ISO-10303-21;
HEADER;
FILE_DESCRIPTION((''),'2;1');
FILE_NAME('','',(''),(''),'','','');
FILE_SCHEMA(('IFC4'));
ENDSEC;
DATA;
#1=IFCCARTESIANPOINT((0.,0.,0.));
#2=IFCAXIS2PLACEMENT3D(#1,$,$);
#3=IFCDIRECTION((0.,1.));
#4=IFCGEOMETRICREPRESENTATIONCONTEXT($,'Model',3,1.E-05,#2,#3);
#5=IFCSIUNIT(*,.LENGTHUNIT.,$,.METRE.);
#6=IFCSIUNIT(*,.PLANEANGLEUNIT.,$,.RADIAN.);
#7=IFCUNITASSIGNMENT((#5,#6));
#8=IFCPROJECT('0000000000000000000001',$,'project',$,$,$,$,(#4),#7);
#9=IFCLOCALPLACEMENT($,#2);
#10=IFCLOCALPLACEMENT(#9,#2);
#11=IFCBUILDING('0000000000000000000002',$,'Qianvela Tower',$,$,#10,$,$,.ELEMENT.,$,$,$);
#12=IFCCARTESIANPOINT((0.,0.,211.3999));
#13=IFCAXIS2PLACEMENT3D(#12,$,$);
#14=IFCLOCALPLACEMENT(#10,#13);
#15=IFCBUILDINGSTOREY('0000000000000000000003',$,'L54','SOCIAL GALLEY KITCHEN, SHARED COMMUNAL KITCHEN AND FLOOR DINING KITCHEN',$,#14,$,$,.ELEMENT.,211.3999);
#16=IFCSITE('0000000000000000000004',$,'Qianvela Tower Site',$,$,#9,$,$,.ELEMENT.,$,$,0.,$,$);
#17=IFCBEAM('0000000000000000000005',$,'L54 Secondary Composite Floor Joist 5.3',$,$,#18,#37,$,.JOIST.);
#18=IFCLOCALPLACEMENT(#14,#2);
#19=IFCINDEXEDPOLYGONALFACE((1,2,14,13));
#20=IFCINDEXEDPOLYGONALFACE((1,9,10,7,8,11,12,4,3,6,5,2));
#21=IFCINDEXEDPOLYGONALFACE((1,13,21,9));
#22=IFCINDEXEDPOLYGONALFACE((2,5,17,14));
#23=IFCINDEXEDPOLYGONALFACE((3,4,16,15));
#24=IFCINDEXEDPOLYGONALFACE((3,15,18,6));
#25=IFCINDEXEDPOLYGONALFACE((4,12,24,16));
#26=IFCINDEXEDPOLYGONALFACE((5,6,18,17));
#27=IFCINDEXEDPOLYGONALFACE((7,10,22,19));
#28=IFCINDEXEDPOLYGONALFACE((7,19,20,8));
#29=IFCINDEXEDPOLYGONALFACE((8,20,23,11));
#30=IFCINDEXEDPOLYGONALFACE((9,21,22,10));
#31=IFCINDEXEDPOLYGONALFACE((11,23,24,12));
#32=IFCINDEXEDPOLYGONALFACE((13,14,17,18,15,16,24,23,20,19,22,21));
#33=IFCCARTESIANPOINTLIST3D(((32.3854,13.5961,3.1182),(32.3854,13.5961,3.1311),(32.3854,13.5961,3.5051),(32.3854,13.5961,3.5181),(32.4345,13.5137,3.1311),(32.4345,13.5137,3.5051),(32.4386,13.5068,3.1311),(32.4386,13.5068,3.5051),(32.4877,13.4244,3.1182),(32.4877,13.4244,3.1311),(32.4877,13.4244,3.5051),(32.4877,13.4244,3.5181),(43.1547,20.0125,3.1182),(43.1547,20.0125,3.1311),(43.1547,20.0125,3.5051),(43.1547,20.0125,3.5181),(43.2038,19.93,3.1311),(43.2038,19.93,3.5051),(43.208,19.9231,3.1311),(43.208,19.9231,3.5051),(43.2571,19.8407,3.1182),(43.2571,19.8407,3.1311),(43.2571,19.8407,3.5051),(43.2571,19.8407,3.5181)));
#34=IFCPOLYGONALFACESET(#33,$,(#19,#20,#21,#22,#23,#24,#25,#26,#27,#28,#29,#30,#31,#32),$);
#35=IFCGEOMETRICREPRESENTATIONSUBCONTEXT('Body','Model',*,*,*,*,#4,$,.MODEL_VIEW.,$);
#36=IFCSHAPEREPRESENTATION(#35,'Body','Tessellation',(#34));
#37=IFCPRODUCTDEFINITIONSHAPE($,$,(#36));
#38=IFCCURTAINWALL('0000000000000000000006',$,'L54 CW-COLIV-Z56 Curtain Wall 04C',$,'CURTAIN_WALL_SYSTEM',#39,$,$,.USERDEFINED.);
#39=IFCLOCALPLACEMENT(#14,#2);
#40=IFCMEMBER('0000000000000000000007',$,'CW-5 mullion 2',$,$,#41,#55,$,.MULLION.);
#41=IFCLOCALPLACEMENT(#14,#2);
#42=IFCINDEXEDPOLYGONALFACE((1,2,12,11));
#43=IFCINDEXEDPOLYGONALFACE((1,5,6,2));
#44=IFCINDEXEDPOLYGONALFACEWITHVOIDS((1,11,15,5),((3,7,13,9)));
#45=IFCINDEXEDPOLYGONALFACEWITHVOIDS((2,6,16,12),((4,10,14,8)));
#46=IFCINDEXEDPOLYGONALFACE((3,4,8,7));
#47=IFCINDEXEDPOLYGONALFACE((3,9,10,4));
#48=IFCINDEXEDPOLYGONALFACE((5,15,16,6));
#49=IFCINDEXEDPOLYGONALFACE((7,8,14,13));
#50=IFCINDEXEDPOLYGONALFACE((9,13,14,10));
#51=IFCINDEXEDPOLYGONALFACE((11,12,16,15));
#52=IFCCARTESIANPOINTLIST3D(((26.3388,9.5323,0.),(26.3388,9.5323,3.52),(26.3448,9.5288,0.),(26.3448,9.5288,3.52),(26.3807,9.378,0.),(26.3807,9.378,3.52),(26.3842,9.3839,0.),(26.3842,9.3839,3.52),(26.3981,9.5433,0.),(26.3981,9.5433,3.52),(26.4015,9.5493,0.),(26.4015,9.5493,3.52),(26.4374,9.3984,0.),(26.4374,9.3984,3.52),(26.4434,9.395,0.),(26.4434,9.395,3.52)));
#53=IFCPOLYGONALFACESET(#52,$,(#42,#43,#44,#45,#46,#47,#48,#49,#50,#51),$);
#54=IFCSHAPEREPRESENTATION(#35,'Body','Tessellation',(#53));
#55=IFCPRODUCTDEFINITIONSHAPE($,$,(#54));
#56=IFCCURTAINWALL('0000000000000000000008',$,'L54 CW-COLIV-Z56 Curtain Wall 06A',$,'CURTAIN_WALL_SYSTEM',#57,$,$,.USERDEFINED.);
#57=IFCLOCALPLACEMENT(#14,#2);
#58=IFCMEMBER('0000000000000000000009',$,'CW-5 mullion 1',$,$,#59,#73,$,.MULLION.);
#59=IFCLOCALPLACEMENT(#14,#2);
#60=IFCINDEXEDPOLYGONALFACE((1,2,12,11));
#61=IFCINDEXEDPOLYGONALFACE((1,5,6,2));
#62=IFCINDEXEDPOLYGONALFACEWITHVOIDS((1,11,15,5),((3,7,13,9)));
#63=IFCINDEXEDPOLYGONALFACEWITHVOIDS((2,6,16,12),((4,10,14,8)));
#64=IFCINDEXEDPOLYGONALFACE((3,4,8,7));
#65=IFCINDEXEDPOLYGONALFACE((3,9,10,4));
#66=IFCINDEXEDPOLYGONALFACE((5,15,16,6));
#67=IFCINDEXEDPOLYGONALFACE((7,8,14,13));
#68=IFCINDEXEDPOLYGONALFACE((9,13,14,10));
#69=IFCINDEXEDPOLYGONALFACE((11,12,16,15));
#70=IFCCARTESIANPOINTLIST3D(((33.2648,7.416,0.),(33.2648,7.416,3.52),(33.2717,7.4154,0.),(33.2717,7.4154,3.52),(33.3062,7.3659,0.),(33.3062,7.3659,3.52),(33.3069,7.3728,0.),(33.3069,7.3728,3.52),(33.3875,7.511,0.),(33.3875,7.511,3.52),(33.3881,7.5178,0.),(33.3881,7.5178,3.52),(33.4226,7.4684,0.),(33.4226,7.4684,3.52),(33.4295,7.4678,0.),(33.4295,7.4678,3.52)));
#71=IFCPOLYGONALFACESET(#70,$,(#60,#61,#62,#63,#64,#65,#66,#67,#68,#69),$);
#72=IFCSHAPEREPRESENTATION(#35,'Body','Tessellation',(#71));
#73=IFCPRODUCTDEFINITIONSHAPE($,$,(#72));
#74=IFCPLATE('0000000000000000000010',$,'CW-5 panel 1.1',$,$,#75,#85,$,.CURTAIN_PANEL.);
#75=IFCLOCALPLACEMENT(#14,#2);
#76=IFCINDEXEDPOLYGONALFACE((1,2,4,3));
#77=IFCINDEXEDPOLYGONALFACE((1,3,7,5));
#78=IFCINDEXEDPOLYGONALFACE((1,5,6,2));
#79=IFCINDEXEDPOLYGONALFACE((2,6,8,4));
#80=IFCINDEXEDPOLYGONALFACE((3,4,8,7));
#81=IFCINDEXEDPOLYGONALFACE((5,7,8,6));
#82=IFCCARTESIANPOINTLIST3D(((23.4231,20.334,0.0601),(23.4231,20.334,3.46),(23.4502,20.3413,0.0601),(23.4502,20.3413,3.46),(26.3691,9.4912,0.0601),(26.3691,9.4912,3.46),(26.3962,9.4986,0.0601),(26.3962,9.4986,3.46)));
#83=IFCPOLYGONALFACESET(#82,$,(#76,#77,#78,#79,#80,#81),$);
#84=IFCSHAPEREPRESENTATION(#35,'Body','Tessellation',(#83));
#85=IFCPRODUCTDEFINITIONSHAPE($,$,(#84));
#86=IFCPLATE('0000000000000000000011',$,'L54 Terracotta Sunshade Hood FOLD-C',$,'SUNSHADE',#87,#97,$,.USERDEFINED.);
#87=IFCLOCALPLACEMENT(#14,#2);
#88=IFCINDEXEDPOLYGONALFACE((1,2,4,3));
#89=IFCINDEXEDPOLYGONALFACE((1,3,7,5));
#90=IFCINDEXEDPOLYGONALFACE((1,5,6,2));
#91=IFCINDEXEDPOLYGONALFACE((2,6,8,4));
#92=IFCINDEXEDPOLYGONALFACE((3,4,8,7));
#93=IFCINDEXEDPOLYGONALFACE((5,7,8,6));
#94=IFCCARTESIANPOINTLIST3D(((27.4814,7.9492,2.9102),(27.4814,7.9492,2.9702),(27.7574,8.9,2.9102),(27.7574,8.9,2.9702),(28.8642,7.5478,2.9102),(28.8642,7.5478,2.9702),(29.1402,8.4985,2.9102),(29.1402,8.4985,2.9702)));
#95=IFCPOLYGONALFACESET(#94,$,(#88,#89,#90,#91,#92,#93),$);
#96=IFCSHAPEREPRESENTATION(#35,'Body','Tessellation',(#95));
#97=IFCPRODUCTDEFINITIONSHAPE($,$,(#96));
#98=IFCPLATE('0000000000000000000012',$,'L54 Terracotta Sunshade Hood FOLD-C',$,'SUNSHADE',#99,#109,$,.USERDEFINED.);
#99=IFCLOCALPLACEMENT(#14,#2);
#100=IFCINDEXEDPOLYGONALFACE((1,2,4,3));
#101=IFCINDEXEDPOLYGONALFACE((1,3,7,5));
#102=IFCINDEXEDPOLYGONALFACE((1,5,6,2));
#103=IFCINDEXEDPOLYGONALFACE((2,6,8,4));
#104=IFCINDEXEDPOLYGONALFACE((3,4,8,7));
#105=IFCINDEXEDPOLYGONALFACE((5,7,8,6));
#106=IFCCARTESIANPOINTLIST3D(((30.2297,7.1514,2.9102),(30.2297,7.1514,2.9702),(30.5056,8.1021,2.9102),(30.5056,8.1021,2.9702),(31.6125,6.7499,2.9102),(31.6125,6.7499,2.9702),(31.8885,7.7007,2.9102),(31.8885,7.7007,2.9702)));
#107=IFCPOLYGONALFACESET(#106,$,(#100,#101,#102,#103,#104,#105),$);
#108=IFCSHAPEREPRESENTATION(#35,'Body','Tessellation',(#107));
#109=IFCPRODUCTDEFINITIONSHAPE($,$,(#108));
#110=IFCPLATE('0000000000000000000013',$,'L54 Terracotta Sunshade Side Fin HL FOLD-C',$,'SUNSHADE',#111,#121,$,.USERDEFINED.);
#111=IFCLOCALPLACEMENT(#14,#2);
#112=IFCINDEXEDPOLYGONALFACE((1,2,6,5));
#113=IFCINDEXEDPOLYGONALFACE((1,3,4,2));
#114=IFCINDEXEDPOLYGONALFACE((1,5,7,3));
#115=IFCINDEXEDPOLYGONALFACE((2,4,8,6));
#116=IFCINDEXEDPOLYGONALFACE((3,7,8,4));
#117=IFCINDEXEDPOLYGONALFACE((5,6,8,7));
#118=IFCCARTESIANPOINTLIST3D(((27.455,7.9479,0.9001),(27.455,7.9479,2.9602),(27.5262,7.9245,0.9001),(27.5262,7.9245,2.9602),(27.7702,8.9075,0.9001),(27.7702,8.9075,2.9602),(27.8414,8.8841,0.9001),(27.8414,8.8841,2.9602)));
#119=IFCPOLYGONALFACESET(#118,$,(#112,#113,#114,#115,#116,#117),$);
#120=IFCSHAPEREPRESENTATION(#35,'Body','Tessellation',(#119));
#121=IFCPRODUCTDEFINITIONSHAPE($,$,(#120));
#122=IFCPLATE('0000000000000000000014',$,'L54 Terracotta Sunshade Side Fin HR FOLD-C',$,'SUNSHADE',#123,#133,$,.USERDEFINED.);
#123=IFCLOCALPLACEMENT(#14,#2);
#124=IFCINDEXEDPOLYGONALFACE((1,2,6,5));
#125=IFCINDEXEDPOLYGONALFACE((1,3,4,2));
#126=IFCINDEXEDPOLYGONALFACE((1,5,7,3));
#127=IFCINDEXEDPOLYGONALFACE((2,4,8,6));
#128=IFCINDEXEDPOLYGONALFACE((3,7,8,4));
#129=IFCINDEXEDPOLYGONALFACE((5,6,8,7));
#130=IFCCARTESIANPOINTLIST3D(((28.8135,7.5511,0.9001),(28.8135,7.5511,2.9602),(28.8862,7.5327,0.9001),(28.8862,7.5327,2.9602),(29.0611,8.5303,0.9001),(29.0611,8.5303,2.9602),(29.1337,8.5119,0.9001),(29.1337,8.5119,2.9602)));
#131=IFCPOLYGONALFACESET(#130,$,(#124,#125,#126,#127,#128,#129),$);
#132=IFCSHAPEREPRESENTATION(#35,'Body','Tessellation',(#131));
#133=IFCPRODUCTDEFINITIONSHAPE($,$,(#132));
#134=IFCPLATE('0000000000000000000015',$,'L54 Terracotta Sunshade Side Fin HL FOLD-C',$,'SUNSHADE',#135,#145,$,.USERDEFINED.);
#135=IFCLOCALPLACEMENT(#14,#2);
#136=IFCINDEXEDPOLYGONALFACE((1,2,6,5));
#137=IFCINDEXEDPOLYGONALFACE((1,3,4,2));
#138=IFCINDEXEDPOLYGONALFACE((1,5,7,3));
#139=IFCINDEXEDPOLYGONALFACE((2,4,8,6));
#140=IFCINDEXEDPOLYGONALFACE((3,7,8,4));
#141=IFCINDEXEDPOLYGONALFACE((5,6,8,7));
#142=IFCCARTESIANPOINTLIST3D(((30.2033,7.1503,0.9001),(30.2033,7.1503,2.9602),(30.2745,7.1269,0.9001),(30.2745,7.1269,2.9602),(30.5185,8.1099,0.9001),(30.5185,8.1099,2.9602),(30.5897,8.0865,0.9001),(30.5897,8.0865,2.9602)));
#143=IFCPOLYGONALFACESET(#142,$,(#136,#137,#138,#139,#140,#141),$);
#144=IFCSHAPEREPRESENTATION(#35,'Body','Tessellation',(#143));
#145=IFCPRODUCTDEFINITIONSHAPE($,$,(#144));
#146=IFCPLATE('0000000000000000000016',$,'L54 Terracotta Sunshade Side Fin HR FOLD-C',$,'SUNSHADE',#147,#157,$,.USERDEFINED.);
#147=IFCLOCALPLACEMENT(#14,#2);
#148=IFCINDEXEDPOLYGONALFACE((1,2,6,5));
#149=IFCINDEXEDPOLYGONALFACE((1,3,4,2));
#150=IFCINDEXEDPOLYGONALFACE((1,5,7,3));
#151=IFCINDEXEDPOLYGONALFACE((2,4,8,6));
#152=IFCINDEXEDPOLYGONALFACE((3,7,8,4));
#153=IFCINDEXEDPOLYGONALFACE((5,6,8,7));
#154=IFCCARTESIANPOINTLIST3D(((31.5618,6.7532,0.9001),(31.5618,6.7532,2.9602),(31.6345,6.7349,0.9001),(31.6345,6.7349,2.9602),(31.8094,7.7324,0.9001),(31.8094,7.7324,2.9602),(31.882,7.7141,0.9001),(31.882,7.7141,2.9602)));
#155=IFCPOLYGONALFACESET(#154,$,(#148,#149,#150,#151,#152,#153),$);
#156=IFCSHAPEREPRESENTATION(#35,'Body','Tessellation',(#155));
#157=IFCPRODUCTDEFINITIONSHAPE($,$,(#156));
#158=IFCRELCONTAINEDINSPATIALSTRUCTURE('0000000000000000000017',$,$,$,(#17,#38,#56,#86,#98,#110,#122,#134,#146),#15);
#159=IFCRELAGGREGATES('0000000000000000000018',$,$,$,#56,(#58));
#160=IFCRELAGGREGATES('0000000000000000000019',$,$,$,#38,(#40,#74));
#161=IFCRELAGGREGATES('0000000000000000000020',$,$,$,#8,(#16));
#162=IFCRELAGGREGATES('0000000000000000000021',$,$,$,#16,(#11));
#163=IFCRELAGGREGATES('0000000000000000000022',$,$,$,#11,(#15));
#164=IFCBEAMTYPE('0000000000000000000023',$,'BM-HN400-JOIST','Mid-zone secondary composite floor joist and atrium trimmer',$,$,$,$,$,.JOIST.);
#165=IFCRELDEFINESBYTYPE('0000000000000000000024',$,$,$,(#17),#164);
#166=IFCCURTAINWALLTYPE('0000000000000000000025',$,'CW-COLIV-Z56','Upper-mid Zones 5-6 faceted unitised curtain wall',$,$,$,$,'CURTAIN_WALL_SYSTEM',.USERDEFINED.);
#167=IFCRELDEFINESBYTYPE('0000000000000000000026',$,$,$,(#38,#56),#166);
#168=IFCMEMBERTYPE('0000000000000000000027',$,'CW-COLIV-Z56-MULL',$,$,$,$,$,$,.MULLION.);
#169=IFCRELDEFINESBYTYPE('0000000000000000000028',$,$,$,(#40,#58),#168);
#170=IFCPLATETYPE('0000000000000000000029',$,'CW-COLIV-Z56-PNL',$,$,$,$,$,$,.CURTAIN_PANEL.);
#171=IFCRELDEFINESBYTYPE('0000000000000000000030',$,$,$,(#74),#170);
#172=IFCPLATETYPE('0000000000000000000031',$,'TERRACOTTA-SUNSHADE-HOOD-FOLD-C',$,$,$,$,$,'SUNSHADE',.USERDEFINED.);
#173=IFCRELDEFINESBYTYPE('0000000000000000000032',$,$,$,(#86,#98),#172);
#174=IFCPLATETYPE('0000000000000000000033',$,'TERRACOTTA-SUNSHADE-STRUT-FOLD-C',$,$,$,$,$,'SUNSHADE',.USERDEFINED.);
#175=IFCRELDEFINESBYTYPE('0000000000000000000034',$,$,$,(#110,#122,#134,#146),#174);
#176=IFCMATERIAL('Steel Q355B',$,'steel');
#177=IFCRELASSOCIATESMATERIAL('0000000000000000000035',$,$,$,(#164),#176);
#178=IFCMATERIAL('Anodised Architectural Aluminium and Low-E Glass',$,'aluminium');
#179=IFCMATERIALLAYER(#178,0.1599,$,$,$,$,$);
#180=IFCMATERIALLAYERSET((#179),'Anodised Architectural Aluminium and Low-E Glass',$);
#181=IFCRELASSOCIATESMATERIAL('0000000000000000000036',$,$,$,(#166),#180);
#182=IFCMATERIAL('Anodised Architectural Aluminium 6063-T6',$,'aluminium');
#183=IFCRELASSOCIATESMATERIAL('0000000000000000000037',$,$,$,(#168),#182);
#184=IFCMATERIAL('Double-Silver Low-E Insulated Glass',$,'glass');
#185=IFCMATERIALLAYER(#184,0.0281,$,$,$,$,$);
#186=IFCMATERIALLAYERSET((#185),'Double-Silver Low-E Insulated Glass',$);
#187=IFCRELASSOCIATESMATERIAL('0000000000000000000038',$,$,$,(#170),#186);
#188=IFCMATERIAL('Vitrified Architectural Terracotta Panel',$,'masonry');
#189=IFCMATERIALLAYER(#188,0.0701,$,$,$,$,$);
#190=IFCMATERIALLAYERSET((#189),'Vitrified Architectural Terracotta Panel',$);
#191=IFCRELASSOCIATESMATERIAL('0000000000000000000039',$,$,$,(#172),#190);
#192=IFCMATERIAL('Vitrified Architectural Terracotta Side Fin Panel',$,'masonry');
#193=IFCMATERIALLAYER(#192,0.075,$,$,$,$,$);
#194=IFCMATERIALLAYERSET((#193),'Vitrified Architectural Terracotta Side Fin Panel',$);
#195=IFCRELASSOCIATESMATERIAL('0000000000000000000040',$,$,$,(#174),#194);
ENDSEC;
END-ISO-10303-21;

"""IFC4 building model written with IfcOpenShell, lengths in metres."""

from ifc_helpers import new_model, si_unit, direction, frame, origin, origin_2d, place, context, subcontext, project, spatial, rectangle, hollow_rectangle, i_section, extrude, material, layer, layer_set, material_profile, profile_set, type_object, element, aggregate, save


model = new_model("IFC4")

# Units and contexts
model_context = context("Model", 3, precision=1e-05, world=origin(), true_north=direction((0.0, 1.0)))
body_context = subcontext(model_context, "Body", "Model", "MODEL_VIEW")
ifc_project = project(units=[si_unit("LENGTHUNIT", "METRE"), si_unit("PLANEANGLEUNIT", "RADIAN")], contexts=[model_context])

# Site, building, storey
site_placement = place(None, origin())
site = spatial("IfcSite", under=ifc_project, at=site_placement, Name="Qianvela Tower Site", CompositionType="ELEMENT", RefElevation=0.0)
building_placement = place(site_placement, origin())
building = spatial("IfcBuilding", under=site, at=building_placement, Name="Qianvela Tower", CompositionType="ELEMENT")
storey_placement = place(building_placement, frame((0.0, 0.0, 211.3999)))
storey = spatial("IfcBuildingStorey", under=building, at=storey_placement, Name="L54", Description="SOCIAL GALLEY KITCHEN, SHARED COMMUNAL KITCHEN AND FLOOR DINING KITCHEN", CompositionType="ELEMENT", Elevation=211.3999)

# Beam
ifc_material_1 = material(Name="Steel Q355B", Category="steel")
ifc_material_profile_1 = material_profile(ifc_material_1, i_section(OverallWidth=0.2, OverallDepth=0.3999, WebThickness=0.0081, FlangeThickness=0.0129, at=origin_2d()), Name="HN400x200x8x13")
ifc_profile_set_1 = profile_set([ifc_material_profile_1], Name="Steel Q355B")
beam_type = type_object("IfcBeamType", Name="BM-HN400-JOIST", Description="Mid-zone secondary composite floor joist and atrium trimmer", PredefinedType="JOIST", material=ifc_profile_set_1)
beam_placement = place(storey_placement, frame((32.4365, 13.5103, 3.3181), z_axis=(0.859084, 0.511835, 0.0), x_axis=(-0.511835, 0.859084, 0.0)))
element("IfcBeam", 1, at=beam_placement, inside=storey, type_object=beam_type, Name="L54 Secondary Composite Floor Joist 5.3", PredefinedType="JOIST", context=body_context, shape_type="SweptSolid", body=[
    extrude(i_section(OverallWidth=0.2, OverallDepth=0.3999, WebThickness=0.0081, FlangeThickness=0.0129, at=origin_2d()), origin(), (0.0, 0.0, 1.0), 12.5359),
])

# Curtain walls, members
ifc_material_2 = material(Name="Anodised Architectural Aluminium and Low-E Glass", Category="aluminium")
ifc_layer_1 = layer(ifc_material_2, 0.1599)
ifc_layer_set_1 = layer_set([ifc_layer_1], Name="Anodised Architectural Aluminium and Low-E Glass")
curtain_wall_type = type_object("IfcCurtainWallType", Name="CW-COLIV-Z56", Description="Upper-mid Zones 5-6 faceted unitised curtain wall", ElementType="CURTAIN_WALL_SYSTEM", PredefinedType="USERDEFINED", material=ifc_layer_set_1)
curtain_wall_1_placement = place(storey_placement, origin())
curtain_wall_1 = element("IfcCurtainWall", 2, at=curtain_wall_1_placement, inside=storey, type_object=curtain_wall_type, Name="L54 CW-COLIV-Z56 Curtain Wall 04C", ObjectType="CURTAIN_WALL_SYSTEM", PredefinedType="USERDEFINED")
ifc_material_3 = material(Name="Anodised Architectural Aluminium 6063-T6", Category="aluminium")
ifc_material_profile_2 = material_profile(ifc_material_3, hollow_rectangle(XDim=0.0649, YDim=0.1599, WallThickness=0.0049, at=origin_2d()), Name="ALU-MULL-65x160")
ifc_profile_set_2 = profile_set([ifc_material_profile_2], Name="Anodised Architectural Aluminium 6063-T6")
member_type = type_object("IfcMemberType", Name="CW-COLIV-Z56-MULL", PredefinedType="MULLION", material=ifc_profile_set_2)
member_1_placement = place(storey_placement, frame((26.3911, 9.4636, 0.0), z_axis=(0.0, 0.0, 1.0), x_axis=(0.965016, 0.262192, 0.0)))
member_1 = element("IfcMember", 3, at=member_1_placement, type_object=member_type, Name="CW-5 mullion 2", PredefinedType="MULLION", context=body_context, shape_type="SweptSolid", body=[
    extrude(hollow_rectangle(XDim=0.0649, YDim=0.1599, WallThickness=0.0049, at=origin_2d()), origin(), (0.0, 0.0, 1.0), 3.52),
])
curtain_wall_2_placement = place(storey_placement, origin())
curtain_wall_2 = element("IfcCurtainWall", 4, at=curtain_wall_2_placement, inside=storey, type_object=curtain_wall_type, Name="L54 CW-COLIV-Z56 Curtain Wall 06A", ObjectType="CURTAIN_WALL_SYSTEM", PredefinedType="USERDEFINED")
member_2_placement = place(storey_placement, frame((33.3472, 7.4419, 0.0), z_axis=(0.0, 0.0, 1.0), x_axis=(-0.636795, 0.771033, 0.0)))
member_2 = element("IfcMember", 5, at=member_2_placement, type_object=member_type, Name="CW-5 mullion 1", PredefinedType="MULLION", context=body_context, shape_type="SweptSolid", body=[
    extrude(hollow_rectangle(XDim=0.0649, YDim=0.1599, WallThickness=0.0049, at=origin_2d()), origin(), (0.0, 0.0, 1.0), 3.52),
])
aggregate(curtain_wall_2, [member_2])

# Plate
ifc_material_4 = material(Name="Double-Silver Low-E Insulated Glass", Category="glass")
ifc_layer_2 = layer(ifc_material_4, 0.0281)
ifc_layer_set_2 = layer_set([ifc_layer_2], Name="Double-Silver Low-E Insulated Glass")
plate_type_1 = type_object("IfcPlateType", Name="CW-COLIV-Z56-PNL", PredefinedType="CURTAIN_PANEL", material=ifc_layer_set_2)
plate_placement = place(storey_placement, frame((24.9097, 14.9163, 0.0601), z_axis=(0.0, 0.0, 1.0), x_axis=(0.262192, -0.965016, 0.0)))
plate = element("IfcPlate", 6, at=plate_placement, type_object=plate_type_1, Name="CW-5 panel 1.1", PredefinedType="CURTAIN_PANEL", context=body_context, shape_type="SweptSolid", body=[
    extrude(rectangle(XDim=11.2358, YDim=0.0281, at=origin_2d()), origin(), (0.0, 0.0, 1.0), 3.3999),
])
aggregate(curtain_wall_1, [member_1, plate])

# Plates
ifc_material_5 = material(Name="Vitrified Architectural Terracotta Panel", Category="masonry")
ifc_layer_3 = layer(ifc_material_5, 0.0701)
ifc_layer_set_3 = layer_set([ifc_layer_3], Name="Vitrified Architectural Terracotta Panel")
plate_type_2 = type_object("IfcPlateType", Name="TERRACOTTA-SUNSHADE-HOOD-FOLD-C", ElementType="SUNSHADE", PredefinedType="USERDEFINED", material=ifc_layer_set_3)
for number, where, z_axis, x_axis, name in (
    (7, (28.3108, 8.2239, 2.9102), (0.0, 0.0, 1.0), (0.960358, -0.27877, 0.0), "L54 Terracotta Sunshade Hood FOLD-C"),
    (8, (31.0591, 7.426, 2.9102), (0.0, 0.0, 1.0), (0.960358, -0.27877, 0.0), "L54 Terracotta Sunshade Hood FOLD-C"),
):
    element("IfcPlate", number, at=place(storey_placement, frame(where, z_axis=z_axis, x_axis=x_axis)), inside=storey, type_object=plate_type_2, Name=name, ObjectType="SUNSHADE", PredefinedType="USERDEFINED", context=body_context, shape_type="SweptSolid", body=[
        extrude(rectangle(XDim=1.4399, YDim=0.99, at=origin_2d()), origin(), (0.0, 0.0, 1.0), 0.0601),
    ])
ifc_material_6 = material(Name="Vitrified Architectural Terracotta Side Fin Panel", Category="masonry")
ifc_layer_4 = layer(ifc_material_6, 0.075)
ifc_layer_set_4 = layer_set([ifc_layer_4], Name="Vitrified Architectural Terracotta Side Fin Panel")
plate_type_3 = type_object("IfcPlateType", Name="TERRACOTTA-SUNSHADE-STRUT-FOLD-C", ElementType="SUNSHADE", PredefinedType="USERDEFINED", material=ifc_layer_set_4)
for number, where, z_axis, x_axis, name in (
    (9, (27.6482, 8.416, 0.9001), (0.0, 0.0, 1.0), (0.950044, -0.312116, 0.0), "L54 Terracotta Sunshade Side Fin HL FOLD-C"),
    (10, (28.9736, 8.0315, 0.9001), (0.0, 0.0, 1.0), (0.969502, -0.245084, 0.0), "L54 Terracotta Sunshade Side Fin HR FOLD-C"),
    (11, (30.3965, 7.6184, 0.9001), (0.0, 0.0, 1.0), (0.950044, -0.312116, 0.0), "L54 Terracotta Sunshade Side Fin HL FOLD-C"),
    (12, (31.7219, 7.2336, 0.9001), (0.0, 0.0, 1.0), (0.969502, -0.245084, 0.0), "L54 Terracotta Sunshade Side Fin HR FOLD-C"),
):
    element("IfcPlate", number, at=place(storey_placement, frame(where, z_axis=z_axis, x_axis=x_axis)), inside=storey, type_object=plate_type_3, Name=name, ObjectType="SUNSHADE", PredefinedType="USERDEFINED", context=body_context, shape_type="SweptSolid", body=[
        extrude(rectangle(XDim=0.075, YDim=1.01, at=origin_2d()), origin(), (0.0, 0.0, 1.0), 2.0601),
    ])

save(model, "model.ifc")
